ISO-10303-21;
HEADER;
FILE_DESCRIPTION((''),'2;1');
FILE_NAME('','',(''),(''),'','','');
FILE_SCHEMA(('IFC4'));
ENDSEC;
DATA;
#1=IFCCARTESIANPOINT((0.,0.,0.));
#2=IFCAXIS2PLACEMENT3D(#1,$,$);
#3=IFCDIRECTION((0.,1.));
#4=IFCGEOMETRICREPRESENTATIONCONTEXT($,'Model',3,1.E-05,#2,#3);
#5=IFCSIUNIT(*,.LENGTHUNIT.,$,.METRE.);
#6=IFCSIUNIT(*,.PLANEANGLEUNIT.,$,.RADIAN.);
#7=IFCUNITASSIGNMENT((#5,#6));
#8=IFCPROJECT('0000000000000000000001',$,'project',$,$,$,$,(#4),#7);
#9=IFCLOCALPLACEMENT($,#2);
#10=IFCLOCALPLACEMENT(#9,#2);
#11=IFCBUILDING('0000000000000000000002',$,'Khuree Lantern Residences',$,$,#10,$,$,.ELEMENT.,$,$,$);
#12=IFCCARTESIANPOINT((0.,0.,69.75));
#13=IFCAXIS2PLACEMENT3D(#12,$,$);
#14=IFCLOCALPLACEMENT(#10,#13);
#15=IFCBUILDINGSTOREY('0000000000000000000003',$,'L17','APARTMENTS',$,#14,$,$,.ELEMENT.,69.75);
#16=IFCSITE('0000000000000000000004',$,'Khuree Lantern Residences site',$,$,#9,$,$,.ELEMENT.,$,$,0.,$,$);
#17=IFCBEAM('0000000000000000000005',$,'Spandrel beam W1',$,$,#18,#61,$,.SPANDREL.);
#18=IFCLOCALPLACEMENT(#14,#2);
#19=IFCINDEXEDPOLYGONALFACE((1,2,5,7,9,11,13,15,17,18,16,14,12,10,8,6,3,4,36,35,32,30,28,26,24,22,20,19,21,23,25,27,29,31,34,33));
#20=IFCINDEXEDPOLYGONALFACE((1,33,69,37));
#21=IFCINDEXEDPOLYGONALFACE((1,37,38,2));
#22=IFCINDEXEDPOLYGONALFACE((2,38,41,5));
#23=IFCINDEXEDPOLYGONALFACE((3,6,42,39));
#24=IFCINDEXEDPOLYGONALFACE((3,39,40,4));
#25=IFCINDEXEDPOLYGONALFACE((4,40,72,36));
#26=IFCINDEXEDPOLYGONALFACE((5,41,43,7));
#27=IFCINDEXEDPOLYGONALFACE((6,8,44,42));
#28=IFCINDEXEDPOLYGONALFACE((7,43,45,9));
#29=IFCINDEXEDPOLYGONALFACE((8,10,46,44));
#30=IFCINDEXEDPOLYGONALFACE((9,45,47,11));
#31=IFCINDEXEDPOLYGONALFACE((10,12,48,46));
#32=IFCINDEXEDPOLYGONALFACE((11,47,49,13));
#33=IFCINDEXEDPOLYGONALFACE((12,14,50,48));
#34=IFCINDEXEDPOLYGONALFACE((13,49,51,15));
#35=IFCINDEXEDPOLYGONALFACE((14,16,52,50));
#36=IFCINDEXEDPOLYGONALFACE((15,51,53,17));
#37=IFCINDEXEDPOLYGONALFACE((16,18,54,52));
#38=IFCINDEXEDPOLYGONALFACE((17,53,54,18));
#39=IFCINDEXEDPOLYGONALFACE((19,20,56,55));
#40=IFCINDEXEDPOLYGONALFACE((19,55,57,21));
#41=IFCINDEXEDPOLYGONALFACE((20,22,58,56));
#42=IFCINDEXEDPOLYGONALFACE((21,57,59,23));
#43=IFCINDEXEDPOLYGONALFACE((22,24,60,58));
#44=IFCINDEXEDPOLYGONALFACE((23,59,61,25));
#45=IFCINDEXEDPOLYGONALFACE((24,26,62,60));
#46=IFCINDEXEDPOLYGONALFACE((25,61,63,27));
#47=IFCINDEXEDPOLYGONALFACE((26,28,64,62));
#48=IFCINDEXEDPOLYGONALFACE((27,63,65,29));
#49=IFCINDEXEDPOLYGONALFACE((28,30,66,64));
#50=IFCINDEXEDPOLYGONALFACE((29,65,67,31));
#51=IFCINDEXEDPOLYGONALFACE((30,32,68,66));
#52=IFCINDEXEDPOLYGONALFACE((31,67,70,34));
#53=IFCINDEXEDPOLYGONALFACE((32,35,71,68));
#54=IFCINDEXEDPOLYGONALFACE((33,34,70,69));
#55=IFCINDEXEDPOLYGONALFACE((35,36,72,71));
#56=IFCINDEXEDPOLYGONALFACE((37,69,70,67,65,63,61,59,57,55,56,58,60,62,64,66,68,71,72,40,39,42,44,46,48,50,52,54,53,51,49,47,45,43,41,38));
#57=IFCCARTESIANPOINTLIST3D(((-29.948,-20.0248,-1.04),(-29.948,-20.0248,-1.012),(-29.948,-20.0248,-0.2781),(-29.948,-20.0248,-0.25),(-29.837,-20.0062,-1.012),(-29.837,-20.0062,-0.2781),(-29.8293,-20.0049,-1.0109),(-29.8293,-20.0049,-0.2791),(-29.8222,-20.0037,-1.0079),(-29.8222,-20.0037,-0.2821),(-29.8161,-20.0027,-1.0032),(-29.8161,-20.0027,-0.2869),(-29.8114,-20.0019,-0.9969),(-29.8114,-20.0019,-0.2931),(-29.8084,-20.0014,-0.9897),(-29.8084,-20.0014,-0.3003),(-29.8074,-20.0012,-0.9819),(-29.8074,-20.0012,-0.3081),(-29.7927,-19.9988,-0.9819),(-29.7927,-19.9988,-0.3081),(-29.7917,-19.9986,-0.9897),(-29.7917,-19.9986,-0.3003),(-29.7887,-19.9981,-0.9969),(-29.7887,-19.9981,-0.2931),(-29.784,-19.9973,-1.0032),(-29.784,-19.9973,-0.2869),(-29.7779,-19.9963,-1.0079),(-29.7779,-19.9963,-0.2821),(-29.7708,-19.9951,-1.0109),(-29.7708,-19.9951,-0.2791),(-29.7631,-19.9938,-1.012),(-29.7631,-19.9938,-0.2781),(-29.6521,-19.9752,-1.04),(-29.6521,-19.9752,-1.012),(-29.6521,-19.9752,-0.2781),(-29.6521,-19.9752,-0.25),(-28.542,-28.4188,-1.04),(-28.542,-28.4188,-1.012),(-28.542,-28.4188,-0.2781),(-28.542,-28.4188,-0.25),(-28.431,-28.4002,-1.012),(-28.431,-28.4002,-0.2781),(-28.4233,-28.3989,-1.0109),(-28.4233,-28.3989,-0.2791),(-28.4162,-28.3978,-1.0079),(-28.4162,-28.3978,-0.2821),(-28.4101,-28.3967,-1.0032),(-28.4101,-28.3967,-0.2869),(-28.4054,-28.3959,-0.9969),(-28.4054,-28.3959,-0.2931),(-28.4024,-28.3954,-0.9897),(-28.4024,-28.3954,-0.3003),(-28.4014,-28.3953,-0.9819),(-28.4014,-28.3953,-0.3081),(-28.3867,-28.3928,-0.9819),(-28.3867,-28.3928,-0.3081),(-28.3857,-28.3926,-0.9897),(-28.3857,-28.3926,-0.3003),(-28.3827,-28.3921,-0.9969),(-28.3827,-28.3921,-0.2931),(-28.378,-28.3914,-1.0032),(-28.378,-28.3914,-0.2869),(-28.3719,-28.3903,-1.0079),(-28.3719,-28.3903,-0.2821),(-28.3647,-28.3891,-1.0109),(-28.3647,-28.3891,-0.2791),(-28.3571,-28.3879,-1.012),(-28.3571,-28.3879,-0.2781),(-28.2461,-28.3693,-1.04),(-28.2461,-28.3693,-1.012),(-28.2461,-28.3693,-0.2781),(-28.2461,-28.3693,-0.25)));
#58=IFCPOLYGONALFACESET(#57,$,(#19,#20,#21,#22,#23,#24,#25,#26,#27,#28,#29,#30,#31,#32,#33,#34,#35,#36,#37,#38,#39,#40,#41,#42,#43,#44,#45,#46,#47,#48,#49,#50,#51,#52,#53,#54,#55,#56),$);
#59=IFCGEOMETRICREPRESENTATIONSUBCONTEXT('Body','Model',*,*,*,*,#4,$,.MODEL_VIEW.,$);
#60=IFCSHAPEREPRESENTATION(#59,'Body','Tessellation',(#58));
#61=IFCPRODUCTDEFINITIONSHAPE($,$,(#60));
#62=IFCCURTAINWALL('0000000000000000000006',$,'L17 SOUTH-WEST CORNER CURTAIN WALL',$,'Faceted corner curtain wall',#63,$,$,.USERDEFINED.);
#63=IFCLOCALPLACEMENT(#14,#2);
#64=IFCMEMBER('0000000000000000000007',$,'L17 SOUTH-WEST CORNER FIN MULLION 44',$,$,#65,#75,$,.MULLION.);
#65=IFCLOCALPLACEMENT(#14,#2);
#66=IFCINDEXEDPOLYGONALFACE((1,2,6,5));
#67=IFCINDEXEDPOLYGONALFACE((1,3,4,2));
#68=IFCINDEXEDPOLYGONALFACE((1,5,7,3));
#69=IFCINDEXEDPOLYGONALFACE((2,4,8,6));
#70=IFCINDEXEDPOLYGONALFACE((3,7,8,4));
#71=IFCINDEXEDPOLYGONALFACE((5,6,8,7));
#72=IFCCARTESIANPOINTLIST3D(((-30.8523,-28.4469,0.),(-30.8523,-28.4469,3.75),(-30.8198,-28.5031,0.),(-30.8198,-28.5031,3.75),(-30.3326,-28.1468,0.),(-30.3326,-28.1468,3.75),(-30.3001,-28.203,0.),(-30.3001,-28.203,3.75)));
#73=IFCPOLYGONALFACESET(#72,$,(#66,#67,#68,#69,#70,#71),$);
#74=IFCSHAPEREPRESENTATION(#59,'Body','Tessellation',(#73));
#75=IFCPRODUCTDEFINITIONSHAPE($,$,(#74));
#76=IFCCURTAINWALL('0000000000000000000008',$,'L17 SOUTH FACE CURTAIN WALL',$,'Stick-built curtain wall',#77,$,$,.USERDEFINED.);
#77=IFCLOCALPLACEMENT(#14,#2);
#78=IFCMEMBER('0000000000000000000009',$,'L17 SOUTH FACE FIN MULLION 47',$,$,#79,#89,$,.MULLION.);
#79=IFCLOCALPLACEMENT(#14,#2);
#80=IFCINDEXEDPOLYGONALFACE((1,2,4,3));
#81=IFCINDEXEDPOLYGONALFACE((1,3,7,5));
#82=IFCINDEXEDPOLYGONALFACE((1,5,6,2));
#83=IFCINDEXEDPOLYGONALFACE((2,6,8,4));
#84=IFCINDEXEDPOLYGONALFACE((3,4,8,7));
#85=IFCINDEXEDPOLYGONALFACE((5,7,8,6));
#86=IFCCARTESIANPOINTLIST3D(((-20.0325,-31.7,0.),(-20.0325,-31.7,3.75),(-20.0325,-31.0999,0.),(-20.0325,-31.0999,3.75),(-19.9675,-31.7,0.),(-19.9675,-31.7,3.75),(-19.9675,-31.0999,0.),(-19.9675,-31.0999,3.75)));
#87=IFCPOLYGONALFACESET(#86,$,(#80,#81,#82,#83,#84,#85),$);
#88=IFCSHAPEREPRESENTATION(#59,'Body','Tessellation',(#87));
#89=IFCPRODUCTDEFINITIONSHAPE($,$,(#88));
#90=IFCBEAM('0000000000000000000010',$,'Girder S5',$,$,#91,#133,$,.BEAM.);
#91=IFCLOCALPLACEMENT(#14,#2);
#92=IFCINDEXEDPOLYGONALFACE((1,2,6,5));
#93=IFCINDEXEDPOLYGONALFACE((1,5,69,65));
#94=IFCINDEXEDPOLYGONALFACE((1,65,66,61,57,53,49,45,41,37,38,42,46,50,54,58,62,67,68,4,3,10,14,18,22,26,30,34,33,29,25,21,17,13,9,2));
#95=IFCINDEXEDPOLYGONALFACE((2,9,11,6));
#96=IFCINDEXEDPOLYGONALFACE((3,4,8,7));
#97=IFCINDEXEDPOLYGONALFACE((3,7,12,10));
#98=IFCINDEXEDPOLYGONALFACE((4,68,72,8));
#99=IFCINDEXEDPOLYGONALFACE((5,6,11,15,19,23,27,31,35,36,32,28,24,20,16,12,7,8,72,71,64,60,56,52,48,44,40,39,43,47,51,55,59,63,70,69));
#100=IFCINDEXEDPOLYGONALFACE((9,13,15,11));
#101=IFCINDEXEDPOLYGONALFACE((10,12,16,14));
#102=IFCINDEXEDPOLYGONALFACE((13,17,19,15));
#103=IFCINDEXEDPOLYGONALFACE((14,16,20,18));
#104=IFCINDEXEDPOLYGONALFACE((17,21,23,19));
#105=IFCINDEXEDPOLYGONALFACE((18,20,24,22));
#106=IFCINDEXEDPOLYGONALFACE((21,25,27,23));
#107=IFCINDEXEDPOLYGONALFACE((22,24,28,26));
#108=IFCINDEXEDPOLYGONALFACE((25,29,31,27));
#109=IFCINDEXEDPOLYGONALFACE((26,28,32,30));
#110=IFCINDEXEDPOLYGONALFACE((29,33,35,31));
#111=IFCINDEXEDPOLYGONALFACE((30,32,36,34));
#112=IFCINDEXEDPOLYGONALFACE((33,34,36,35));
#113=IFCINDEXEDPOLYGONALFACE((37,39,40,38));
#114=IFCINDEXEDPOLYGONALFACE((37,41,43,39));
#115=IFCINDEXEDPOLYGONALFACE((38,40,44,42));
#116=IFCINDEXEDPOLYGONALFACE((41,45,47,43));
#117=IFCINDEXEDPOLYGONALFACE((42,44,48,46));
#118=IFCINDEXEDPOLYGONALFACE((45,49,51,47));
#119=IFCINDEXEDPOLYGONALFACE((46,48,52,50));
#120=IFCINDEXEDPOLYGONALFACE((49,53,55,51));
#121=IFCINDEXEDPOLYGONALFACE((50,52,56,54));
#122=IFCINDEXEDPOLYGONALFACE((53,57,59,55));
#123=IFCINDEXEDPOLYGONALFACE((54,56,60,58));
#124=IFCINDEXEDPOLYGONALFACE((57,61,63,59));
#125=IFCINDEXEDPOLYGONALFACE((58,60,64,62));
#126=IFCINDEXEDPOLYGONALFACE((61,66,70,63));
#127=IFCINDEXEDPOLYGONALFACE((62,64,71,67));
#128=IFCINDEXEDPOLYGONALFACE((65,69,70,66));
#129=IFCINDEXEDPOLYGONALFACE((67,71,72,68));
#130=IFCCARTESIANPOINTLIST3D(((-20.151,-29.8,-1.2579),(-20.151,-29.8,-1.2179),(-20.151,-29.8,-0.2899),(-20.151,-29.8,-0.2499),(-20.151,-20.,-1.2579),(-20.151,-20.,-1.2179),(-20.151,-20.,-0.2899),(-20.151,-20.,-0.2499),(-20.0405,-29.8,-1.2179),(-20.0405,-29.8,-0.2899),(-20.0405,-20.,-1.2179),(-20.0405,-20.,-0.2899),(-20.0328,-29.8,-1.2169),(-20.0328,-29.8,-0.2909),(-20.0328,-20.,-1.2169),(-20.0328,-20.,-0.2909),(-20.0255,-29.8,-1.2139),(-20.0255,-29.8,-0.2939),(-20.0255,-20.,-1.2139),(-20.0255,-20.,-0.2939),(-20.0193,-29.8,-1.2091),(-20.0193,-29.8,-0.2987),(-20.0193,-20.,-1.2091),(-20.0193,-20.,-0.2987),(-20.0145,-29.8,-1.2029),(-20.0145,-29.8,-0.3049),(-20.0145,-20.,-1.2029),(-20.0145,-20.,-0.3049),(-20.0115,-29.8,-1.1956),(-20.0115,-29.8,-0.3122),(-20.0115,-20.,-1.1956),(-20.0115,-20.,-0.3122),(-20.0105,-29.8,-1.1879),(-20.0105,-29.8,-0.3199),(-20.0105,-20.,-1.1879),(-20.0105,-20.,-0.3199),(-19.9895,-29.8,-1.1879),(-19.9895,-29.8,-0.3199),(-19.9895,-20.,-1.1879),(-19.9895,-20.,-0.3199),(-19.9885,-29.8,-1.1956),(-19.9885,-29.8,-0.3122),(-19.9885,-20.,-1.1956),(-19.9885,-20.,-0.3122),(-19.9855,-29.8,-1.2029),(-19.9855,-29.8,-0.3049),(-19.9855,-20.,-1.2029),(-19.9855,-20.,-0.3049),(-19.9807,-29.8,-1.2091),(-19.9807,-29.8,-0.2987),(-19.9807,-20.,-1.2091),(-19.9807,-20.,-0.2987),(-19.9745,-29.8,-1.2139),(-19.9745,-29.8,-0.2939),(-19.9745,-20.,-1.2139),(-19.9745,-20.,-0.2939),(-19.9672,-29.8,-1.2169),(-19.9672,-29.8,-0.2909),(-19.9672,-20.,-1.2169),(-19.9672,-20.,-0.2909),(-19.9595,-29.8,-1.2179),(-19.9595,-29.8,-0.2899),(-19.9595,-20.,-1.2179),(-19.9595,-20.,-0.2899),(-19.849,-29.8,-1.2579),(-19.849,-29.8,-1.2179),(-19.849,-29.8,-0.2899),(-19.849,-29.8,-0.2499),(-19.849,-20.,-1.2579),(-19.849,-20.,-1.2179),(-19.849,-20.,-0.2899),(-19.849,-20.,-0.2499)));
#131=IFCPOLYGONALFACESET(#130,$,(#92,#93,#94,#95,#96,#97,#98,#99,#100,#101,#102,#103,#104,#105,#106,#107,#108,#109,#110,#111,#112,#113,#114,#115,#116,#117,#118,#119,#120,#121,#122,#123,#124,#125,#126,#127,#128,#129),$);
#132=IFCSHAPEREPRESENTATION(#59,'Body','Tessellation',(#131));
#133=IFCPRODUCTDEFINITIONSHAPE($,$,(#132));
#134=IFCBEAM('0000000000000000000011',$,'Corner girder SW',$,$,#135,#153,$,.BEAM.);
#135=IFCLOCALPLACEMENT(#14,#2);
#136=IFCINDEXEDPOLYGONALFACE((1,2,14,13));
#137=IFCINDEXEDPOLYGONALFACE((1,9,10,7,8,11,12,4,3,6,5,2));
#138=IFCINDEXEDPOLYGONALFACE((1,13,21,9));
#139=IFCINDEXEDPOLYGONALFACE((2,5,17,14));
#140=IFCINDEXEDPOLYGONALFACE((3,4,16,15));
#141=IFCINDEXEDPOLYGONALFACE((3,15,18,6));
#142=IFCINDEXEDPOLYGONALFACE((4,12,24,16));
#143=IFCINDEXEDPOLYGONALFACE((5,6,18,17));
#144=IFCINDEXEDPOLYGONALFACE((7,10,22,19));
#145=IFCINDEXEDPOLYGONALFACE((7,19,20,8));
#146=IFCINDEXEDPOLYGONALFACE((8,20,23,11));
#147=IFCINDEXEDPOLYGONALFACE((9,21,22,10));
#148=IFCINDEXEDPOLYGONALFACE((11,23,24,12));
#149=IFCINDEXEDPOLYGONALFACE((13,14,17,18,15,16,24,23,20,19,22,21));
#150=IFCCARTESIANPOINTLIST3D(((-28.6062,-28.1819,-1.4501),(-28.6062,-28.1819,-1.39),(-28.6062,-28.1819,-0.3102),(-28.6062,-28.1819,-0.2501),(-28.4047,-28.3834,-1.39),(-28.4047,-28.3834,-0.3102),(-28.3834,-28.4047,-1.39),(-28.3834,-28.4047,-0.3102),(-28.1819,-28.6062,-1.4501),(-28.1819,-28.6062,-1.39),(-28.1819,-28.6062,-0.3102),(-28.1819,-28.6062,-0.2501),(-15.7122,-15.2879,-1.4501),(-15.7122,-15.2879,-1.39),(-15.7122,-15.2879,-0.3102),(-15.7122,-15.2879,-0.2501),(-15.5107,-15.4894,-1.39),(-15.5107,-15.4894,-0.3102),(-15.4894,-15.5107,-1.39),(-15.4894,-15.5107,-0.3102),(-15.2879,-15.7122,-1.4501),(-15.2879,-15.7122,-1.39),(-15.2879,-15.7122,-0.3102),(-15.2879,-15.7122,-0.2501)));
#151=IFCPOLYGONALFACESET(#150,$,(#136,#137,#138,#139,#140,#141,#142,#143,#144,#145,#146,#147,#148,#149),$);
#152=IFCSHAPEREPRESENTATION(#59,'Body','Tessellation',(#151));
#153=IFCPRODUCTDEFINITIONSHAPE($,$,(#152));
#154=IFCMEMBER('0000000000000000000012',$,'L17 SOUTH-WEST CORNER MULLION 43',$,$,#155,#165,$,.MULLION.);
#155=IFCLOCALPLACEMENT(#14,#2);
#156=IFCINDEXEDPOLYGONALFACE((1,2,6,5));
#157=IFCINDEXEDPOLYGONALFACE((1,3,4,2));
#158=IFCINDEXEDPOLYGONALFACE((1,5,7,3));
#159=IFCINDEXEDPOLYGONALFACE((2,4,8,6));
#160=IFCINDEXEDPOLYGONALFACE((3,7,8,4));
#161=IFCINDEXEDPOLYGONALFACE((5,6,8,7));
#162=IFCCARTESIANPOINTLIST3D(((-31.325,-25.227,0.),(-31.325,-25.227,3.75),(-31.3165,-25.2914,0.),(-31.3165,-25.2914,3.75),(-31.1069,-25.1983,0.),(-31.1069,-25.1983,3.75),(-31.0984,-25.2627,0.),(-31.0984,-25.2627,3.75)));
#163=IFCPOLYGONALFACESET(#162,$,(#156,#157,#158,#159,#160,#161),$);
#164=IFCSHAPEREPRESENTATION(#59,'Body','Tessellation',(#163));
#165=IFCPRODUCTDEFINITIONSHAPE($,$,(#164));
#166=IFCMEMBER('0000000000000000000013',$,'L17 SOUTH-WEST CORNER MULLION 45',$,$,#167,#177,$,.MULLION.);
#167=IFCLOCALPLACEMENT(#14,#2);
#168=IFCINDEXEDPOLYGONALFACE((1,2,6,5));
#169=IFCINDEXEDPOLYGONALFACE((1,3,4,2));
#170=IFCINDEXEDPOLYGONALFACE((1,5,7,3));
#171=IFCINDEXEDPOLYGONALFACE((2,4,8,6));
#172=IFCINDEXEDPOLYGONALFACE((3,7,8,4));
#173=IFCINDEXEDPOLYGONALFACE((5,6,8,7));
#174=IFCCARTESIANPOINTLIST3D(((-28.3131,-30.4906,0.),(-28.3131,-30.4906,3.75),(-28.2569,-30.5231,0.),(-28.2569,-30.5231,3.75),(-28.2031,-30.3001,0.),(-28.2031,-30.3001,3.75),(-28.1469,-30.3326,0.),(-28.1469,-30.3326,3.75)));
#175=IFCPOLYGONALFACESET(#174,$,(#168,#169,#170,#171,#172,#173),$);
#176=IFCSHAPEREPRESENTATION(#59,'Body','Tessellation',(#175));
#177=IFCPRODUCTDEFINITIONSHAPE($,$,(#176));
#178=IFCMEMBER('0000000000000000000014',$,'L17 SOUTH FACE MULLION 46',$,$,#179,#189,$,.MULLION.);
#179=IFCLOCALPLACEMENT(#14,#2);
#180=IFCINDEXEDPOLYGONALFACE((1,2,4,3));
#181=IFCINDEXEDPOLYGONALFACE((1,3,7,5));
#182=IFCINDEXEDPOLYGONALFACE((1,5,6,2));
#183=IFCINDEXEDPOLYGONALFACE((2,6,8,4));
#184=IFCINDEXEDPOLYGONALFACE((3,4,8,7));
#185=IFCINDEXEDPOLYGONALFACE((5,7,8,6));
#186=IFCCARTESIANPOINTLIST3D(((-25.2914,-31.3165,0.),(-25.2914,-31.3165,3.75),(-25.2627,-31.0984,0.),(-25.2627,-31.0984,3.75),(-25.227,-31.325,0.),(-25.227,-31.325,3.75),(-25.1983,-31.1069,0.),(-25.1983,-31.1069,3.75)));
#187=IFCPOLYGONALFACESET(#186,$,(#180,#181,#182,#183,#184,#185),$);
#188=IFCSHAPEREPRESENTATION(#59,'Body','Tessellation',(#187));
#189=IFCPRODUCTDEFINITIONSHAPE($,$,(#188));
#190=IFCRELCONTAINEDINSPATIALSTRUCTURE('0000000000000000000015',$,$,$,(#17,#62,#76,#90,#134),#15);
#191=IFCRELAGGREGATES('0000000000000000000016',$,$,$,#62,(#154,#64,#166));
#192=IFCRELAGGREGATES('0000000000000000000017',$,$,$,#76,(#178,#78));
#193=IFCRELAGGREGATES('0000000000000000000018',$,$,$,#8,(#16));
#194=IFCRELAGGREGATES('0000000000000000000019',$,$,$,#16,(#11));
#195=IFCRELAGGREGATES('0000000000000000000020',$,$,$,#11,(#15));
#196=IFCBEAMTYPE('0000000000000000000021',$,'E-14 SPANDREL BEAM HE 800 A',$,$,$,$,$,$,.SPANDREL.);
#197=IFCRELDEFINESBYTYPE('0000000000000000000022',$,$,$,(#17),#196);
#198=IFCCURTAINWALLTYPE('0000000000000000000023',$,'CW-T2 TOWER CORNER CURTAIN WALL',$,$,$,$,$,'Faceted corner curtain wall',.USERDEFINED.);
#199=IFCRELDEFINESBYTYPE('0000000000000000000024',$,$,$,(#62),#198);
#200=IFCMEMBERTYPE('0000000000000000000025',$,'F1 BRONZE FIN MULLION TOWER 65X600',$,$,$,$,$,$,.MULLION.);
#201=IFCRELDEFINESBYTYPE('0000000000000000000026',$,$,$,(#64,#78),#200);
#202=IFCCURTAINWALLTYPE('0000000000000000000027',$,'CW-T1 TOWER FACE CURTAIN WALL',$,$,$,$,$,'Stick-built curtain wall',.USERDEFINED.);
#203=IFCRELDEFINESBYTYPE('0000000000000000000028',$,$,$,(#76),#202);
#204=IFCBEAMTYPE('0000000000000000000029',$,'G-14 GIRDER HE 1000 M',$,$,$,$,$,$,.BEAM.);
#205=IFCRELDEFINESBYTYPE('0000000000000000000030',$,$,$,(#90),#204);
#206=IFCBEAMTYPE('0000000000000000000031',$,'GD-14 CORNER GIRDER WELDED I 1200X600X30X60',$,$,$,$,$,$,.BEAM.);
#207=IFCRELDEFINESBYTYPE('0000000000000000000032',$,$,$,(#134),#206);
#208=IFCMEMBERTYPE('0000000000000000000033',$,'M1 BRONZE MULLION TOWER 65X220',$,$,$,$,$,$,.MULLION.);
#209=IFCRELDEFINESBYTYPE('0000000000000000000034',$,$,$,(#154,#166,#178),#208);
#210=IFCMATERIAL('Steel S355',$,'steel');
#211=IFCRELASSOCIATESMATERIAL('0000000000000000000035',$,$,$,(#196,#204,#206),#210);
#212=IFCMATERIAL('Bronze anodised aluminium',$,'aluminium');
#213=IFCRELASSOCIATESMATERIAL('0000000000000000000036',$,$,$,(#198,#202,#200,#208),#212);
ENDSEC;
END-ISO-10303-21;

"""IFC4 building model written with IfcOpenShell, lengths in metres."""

from ifc_helpers import new_model, si_unit, direction, frame, origin, origin_2d, place, context, subcontext, project, spatial, rectangle, i_section, extrude, material, material_profile, profile_set, type_object, element, aggregate, save


model = new_model("IFC4")

# Units and contexts
model_context = context("Model", 3, precision=1e-05, world=origin(), true_north=direction((0.0, 1.0)))
body_context = subcontext(model_context, "Body", "Model", "MODEL_VIEW")
ifc_project = project(units=[si_unit("LENGTHUNIT", "METRE"), si_unit("PLANEANGLEUNIT", "RADIAN")], contexts=[model_context])

# Site, building, storey
site_placement = place(None, origin())
site = spatial("IfcSite", under=ifc_project, at=site_placement, Name="Khuree Lantern Residences site", CompositionType="ELEMENT", RefElevation=0.0)
building_placement = place(site_placement, origin())
building = spatial("IfcBuilding", under=site, at=building_placement, Name="Khuree Lantern Residences", CompositionType="ELEMENT")
storey_placement = place(building_placement, frame((0.0, 0.0, 69.75)))
storey = spatial("IfcBuildingStorey", under=building, at=storey_placement, Name="L17", Description="APARTMENTS", CompositionType="ELEMENT", Elevation=69.75)

# Beam
ifc_material_1 = material(Name="Steel S355", Category="steel")
ifc_material_profile_1 = material_profile(ifc_material_1, i_section(OverallWidth=0.3, OverallDepth=0.79, WebThickness=0.0149, FlangeThickness=0.0281, FilletRadius=0.03, at=origin_2d()), Name="HE 800 A")
ifc_profile_set_1 = profile_set([ifc_material_profile_1], Name="Steel S355")
beam_type_1 = type_object("IfcBeamType", Name="E-14 SPANDREL BEAM HE 800 A", PredefinedType="SPANDREL", material=ifc_profile_set_1)
for number, where, z_axis, x_axis, name in (
    (1, (-28.394, -28.394, -0.645), (-0.165199, 0.98626, 0.0), (-0.98626, -0.165199, 0.0), "Spandrel beam W1"),
):
    element("IfcBeam", number, at=place(storey_placement, frame(where, z_axis=z_axis, x_axis=x_axis)), inside=storey, type_object=beam_type_1, Name=name, PredefinedType="SPANDREL", context=body_context, shape_type="SweptSolid", body=[
        extrude(i_section(OverallWidth=0.3, OverallDepth=0.79, WebThickness=0.0149, FlangeThickness=0.0281, FilletRadius=0.03, at=origin_2d()), origin(), (0.0, 0.0, 1.0), 8.511),
    ])

# Curtain walls, members
ifc_material_2 = material(Name="Bronze anodised aluminium", Category="aluminium")
curtain_wall_type_1 = type_object("IfcCurtainWallType", Name="CW-T2 TOWER CORNER CURTAIN WALL", ElementType="Faceted corner curtain wall", PredefinedType="USERDEFINED", material=ifc_material_2)
curtain_wall_1_placement = place(storey_placement, origin())
curtain_wall_1 = element("IfcCurtainWall", 2, at=curtain_wall_1_placement, inside=storey, type_object=curtain_wall_type_1, Name="L17 SOUTH-WEST CORNER CURTAIN WALL", ObjectType="Faceted corner curtain wall", PredefinedType="USERDEFINED")
ifc_material_profile_2 = material_profile(ifc_material_2, rectangle(XDim=0.0649, YDim=0.6001, at=origin_2d()), Name="F1 65X600")
ifc_profile_set_2 = profile_set([ifc_material_profile_2], Name="Bronze anodised aluminium")
member_type_1 = type_object("IfcMemberType", Name="F1 BRONZE FIN MULLION TOWER 65X600", PredefinedType="MULLION", material=ifc_profile_set_2)
member_1_placement = place(storey_placement, frame((-30.5762, -28.325, 0.0), z_axis=(0.0, 0.0, 1.0), x_axis=(0.5, -0.866025, 0.0)))
member_1 = element("IfcMember", 3, at=member_1_placement, type_object=member_type_1, Name="L17 SOUTH-WEST CORNER FIN MULLION 44", PredefinedType="MULLION", context=body_context, shape_type="SweptSolid", body=[
    extrude(rectangle(XDim=0.0649, YDim=0.6001, at=origin_2d()), origin(), (0.0, 0.0, 1.0), 3.75),
])
curtain_wall_type_2 = type_object("IfcCurtainWallType", Name="CW-T1 TOWER FACE CURTAIN WALL", ElementType="Stick-built curtain wall", PredefinedType="USERDEFINED", material=ifc_material_2)
curtain_wall_2_placement = place(storey_placement, origin())
curtain_wall_2 = element("IfcCurtainWall", 4, at=curtain_wall_2_placement, inside=storey, type_object=curtain_wall_type_2, Name="L17 SOUTH FACE CURTAIN WALL", ObjectType="Stick-built curtain wall", PredefinedType="USERDEFINED")
member_2_placement = place(storey_placement, frame((-20.0, -31.3999, 0.0), z_axis=(0.0, 0.0, 1.0), x_axis=(1.0, 0.0, 0.0)))
member_2 = element("IfcMember", 5, at=member_2_placement, type_object=member_type_1, Name="L17 SOUTH FACE FIN MULLION 47", PredefinedType="MULLION", context=body_context, shape_type="SweptSolid", body=[
    extrude(rectangle(XDim=0.0649, YDim=0.6001, at=origin_2d()), origin(), (0.0, 0.0, 1.0), 3.75),
])

# Beams
ifc_material_profile_3 = material_profile(ifc_material_1, i_section(OverallWidth=0.302, OverallDepth=1.0081, WebThickness=0.021, FlangeThickness=0.04, FilletRadius=0.03, at=origin_2d()), Name="HE 1000 M")
ifc_profile_set_3 = profile_set([ifc_material_profile_3], Name="Steel S355")
beam_type_2 = type_object("IfcBeamType", Name="G-14 GIRDER HE 1000 M", PredefinedType="BEAM", material=ifc_profile_set_3)
beam_1_placement = place(storey_placement, frame((-20.0, -29.8, -0.7539), z_axis=(0.0, 1.0, 0.0), x_axis=(-1.0, 0.0, 0.0)))
element("IfcBeam", 6, at=beam_1_placement, inside=storey, type_object=beam_type_2, Name="Girder S5", PredefinedType="BEAM", context=body_context, shape_type="SweptSolid", body=[
    extrude(i_section(OverallWidth=0.302, OverallDepth=1.0081, WebThickness=0.021, FlangeThickness=0.04, FilletRadius=0.03, at=origin_2d()), origin(), (0.0, 0.0, 1.0), 9.8),
])
ifc_material_profile_4 = material_profile(ifc_material_1, i_section(OverallWidth=0.6001, OverallDepth=1.2, WebThickness=0.03, FlangeThickness=0.0601, at=origin_2d()), Name="WELDED I 1200X600X30X60")
ifc_profile_set_4 = profile_set([ifc_material_profile_4], Name="Steel S355")
beam_type_3 = type_object("IfcBeamType", Name="GD-14 CORNER GIRDER WELDED I 1200X600X30X60", PredefinedType="BEAM", material=ifc_profile_set_4)
beam_2_placement = place(storey_placement, frame((-28.394, -28.394, -0.8501), z_axis=(0.707107, 0.707107, 0.0), x_axis=(-0.707107, 0.707107, 0.0)))
element("IfcBeam", 7, at=beam_2_placement, inside=storey, type_object=beam_type_3, Name="Corner girder SW", PredefinedType="BEAM", context=body_context, shape_type="SweptSolid", body=[
    extrude(i_section(OverallWidth=0.6001, OverallDepth=1.2, WebThickness=0.03, FlangeThickness=0.0601, at=origin_2d()), origin(), (0.0, 0.0, 1.0), 18.2349),
])

# Members
ifc_material_profile_5 = material_profile(ifc_material_2, rectangle(XDim=0.0649, YDim=0.22, at=origin_2d()), Name="M1 65X220")
ifc_profile_set_5 = profile_set([ifc_material_profile_5], Name="Bronze anodised aluminium")
member_type_2 = type_object("IfcMemberType", Name="M1 BRONZE MULLION TOWER 65X220", PredefinedType="MULLION", material=ifc_profile_set_5)
member_3_placement = place(storey_placement, frame((-31.2117, -25.2449, 0.0), z_axis=(0.0, 0.0, 1.0), x_axis=(0.130526, -0.991445, 0.0)))
member_3 = element("IfcMember", 8, at=member_3_placement, type_object=member_type_2, Name="L17 SOUTH-WEST CORNER MULLION 43", PredefinedType="MULLION", context=body_context, shape_type="SweptSolid", body=[
    extrude(rectangle(XDim=0.0649, YDim=0.22, at=origin_2d()), origin(), (0.0, 0.0, 1.0), 3.75),
])
member_4_placement = place(storey_placement, frame((-28.23, -30.4116, 0.0), z_axis=(0.0, 0.0, 1.0), x_axis=(0.866025, -0.5, 0.0)))
member_4 = element("IfcMember", 9, at=member_4_placement, type_object=member_type_2, Name="L17 SOUTH-WEST CORNER MULLION 45", PredefinedType="MULLION", context=body_context, shape_type="SweptSolid", body=[
    extrude(rectangle(XDim=0.0649, YDim=0.22, at=origin_2d()), origin(), (0.0, 0.0, 1.0), 3.75),
])
member_5_placement = place(storey_placement, frame((-25.2449, -31.2117, 0.0), z_axis=(0.0, 0.0, 1.0), x_axis=(0.991445, -0.130526, 0.0)))
member_5 = element("IfcMember", 10, at=member_5_placement, type_object=member_type_2, Name="L17 SOUTH FACE MULLION 46", PredefinedType="MULLION", context=body_context, shape_type="SweptSolid", body=[
    extrude(rectangle(XDim=0.0649, YDim=0.22, at=origin_2d()), origin(), (0.0, 0.0, 1.0), 3.75),
])

aggregate(curtain_wall_1, [member_3, member_1, member_4])
aggregate(curtain_wall_2, [member_5, member_2])

save(model, "model.ifc")
